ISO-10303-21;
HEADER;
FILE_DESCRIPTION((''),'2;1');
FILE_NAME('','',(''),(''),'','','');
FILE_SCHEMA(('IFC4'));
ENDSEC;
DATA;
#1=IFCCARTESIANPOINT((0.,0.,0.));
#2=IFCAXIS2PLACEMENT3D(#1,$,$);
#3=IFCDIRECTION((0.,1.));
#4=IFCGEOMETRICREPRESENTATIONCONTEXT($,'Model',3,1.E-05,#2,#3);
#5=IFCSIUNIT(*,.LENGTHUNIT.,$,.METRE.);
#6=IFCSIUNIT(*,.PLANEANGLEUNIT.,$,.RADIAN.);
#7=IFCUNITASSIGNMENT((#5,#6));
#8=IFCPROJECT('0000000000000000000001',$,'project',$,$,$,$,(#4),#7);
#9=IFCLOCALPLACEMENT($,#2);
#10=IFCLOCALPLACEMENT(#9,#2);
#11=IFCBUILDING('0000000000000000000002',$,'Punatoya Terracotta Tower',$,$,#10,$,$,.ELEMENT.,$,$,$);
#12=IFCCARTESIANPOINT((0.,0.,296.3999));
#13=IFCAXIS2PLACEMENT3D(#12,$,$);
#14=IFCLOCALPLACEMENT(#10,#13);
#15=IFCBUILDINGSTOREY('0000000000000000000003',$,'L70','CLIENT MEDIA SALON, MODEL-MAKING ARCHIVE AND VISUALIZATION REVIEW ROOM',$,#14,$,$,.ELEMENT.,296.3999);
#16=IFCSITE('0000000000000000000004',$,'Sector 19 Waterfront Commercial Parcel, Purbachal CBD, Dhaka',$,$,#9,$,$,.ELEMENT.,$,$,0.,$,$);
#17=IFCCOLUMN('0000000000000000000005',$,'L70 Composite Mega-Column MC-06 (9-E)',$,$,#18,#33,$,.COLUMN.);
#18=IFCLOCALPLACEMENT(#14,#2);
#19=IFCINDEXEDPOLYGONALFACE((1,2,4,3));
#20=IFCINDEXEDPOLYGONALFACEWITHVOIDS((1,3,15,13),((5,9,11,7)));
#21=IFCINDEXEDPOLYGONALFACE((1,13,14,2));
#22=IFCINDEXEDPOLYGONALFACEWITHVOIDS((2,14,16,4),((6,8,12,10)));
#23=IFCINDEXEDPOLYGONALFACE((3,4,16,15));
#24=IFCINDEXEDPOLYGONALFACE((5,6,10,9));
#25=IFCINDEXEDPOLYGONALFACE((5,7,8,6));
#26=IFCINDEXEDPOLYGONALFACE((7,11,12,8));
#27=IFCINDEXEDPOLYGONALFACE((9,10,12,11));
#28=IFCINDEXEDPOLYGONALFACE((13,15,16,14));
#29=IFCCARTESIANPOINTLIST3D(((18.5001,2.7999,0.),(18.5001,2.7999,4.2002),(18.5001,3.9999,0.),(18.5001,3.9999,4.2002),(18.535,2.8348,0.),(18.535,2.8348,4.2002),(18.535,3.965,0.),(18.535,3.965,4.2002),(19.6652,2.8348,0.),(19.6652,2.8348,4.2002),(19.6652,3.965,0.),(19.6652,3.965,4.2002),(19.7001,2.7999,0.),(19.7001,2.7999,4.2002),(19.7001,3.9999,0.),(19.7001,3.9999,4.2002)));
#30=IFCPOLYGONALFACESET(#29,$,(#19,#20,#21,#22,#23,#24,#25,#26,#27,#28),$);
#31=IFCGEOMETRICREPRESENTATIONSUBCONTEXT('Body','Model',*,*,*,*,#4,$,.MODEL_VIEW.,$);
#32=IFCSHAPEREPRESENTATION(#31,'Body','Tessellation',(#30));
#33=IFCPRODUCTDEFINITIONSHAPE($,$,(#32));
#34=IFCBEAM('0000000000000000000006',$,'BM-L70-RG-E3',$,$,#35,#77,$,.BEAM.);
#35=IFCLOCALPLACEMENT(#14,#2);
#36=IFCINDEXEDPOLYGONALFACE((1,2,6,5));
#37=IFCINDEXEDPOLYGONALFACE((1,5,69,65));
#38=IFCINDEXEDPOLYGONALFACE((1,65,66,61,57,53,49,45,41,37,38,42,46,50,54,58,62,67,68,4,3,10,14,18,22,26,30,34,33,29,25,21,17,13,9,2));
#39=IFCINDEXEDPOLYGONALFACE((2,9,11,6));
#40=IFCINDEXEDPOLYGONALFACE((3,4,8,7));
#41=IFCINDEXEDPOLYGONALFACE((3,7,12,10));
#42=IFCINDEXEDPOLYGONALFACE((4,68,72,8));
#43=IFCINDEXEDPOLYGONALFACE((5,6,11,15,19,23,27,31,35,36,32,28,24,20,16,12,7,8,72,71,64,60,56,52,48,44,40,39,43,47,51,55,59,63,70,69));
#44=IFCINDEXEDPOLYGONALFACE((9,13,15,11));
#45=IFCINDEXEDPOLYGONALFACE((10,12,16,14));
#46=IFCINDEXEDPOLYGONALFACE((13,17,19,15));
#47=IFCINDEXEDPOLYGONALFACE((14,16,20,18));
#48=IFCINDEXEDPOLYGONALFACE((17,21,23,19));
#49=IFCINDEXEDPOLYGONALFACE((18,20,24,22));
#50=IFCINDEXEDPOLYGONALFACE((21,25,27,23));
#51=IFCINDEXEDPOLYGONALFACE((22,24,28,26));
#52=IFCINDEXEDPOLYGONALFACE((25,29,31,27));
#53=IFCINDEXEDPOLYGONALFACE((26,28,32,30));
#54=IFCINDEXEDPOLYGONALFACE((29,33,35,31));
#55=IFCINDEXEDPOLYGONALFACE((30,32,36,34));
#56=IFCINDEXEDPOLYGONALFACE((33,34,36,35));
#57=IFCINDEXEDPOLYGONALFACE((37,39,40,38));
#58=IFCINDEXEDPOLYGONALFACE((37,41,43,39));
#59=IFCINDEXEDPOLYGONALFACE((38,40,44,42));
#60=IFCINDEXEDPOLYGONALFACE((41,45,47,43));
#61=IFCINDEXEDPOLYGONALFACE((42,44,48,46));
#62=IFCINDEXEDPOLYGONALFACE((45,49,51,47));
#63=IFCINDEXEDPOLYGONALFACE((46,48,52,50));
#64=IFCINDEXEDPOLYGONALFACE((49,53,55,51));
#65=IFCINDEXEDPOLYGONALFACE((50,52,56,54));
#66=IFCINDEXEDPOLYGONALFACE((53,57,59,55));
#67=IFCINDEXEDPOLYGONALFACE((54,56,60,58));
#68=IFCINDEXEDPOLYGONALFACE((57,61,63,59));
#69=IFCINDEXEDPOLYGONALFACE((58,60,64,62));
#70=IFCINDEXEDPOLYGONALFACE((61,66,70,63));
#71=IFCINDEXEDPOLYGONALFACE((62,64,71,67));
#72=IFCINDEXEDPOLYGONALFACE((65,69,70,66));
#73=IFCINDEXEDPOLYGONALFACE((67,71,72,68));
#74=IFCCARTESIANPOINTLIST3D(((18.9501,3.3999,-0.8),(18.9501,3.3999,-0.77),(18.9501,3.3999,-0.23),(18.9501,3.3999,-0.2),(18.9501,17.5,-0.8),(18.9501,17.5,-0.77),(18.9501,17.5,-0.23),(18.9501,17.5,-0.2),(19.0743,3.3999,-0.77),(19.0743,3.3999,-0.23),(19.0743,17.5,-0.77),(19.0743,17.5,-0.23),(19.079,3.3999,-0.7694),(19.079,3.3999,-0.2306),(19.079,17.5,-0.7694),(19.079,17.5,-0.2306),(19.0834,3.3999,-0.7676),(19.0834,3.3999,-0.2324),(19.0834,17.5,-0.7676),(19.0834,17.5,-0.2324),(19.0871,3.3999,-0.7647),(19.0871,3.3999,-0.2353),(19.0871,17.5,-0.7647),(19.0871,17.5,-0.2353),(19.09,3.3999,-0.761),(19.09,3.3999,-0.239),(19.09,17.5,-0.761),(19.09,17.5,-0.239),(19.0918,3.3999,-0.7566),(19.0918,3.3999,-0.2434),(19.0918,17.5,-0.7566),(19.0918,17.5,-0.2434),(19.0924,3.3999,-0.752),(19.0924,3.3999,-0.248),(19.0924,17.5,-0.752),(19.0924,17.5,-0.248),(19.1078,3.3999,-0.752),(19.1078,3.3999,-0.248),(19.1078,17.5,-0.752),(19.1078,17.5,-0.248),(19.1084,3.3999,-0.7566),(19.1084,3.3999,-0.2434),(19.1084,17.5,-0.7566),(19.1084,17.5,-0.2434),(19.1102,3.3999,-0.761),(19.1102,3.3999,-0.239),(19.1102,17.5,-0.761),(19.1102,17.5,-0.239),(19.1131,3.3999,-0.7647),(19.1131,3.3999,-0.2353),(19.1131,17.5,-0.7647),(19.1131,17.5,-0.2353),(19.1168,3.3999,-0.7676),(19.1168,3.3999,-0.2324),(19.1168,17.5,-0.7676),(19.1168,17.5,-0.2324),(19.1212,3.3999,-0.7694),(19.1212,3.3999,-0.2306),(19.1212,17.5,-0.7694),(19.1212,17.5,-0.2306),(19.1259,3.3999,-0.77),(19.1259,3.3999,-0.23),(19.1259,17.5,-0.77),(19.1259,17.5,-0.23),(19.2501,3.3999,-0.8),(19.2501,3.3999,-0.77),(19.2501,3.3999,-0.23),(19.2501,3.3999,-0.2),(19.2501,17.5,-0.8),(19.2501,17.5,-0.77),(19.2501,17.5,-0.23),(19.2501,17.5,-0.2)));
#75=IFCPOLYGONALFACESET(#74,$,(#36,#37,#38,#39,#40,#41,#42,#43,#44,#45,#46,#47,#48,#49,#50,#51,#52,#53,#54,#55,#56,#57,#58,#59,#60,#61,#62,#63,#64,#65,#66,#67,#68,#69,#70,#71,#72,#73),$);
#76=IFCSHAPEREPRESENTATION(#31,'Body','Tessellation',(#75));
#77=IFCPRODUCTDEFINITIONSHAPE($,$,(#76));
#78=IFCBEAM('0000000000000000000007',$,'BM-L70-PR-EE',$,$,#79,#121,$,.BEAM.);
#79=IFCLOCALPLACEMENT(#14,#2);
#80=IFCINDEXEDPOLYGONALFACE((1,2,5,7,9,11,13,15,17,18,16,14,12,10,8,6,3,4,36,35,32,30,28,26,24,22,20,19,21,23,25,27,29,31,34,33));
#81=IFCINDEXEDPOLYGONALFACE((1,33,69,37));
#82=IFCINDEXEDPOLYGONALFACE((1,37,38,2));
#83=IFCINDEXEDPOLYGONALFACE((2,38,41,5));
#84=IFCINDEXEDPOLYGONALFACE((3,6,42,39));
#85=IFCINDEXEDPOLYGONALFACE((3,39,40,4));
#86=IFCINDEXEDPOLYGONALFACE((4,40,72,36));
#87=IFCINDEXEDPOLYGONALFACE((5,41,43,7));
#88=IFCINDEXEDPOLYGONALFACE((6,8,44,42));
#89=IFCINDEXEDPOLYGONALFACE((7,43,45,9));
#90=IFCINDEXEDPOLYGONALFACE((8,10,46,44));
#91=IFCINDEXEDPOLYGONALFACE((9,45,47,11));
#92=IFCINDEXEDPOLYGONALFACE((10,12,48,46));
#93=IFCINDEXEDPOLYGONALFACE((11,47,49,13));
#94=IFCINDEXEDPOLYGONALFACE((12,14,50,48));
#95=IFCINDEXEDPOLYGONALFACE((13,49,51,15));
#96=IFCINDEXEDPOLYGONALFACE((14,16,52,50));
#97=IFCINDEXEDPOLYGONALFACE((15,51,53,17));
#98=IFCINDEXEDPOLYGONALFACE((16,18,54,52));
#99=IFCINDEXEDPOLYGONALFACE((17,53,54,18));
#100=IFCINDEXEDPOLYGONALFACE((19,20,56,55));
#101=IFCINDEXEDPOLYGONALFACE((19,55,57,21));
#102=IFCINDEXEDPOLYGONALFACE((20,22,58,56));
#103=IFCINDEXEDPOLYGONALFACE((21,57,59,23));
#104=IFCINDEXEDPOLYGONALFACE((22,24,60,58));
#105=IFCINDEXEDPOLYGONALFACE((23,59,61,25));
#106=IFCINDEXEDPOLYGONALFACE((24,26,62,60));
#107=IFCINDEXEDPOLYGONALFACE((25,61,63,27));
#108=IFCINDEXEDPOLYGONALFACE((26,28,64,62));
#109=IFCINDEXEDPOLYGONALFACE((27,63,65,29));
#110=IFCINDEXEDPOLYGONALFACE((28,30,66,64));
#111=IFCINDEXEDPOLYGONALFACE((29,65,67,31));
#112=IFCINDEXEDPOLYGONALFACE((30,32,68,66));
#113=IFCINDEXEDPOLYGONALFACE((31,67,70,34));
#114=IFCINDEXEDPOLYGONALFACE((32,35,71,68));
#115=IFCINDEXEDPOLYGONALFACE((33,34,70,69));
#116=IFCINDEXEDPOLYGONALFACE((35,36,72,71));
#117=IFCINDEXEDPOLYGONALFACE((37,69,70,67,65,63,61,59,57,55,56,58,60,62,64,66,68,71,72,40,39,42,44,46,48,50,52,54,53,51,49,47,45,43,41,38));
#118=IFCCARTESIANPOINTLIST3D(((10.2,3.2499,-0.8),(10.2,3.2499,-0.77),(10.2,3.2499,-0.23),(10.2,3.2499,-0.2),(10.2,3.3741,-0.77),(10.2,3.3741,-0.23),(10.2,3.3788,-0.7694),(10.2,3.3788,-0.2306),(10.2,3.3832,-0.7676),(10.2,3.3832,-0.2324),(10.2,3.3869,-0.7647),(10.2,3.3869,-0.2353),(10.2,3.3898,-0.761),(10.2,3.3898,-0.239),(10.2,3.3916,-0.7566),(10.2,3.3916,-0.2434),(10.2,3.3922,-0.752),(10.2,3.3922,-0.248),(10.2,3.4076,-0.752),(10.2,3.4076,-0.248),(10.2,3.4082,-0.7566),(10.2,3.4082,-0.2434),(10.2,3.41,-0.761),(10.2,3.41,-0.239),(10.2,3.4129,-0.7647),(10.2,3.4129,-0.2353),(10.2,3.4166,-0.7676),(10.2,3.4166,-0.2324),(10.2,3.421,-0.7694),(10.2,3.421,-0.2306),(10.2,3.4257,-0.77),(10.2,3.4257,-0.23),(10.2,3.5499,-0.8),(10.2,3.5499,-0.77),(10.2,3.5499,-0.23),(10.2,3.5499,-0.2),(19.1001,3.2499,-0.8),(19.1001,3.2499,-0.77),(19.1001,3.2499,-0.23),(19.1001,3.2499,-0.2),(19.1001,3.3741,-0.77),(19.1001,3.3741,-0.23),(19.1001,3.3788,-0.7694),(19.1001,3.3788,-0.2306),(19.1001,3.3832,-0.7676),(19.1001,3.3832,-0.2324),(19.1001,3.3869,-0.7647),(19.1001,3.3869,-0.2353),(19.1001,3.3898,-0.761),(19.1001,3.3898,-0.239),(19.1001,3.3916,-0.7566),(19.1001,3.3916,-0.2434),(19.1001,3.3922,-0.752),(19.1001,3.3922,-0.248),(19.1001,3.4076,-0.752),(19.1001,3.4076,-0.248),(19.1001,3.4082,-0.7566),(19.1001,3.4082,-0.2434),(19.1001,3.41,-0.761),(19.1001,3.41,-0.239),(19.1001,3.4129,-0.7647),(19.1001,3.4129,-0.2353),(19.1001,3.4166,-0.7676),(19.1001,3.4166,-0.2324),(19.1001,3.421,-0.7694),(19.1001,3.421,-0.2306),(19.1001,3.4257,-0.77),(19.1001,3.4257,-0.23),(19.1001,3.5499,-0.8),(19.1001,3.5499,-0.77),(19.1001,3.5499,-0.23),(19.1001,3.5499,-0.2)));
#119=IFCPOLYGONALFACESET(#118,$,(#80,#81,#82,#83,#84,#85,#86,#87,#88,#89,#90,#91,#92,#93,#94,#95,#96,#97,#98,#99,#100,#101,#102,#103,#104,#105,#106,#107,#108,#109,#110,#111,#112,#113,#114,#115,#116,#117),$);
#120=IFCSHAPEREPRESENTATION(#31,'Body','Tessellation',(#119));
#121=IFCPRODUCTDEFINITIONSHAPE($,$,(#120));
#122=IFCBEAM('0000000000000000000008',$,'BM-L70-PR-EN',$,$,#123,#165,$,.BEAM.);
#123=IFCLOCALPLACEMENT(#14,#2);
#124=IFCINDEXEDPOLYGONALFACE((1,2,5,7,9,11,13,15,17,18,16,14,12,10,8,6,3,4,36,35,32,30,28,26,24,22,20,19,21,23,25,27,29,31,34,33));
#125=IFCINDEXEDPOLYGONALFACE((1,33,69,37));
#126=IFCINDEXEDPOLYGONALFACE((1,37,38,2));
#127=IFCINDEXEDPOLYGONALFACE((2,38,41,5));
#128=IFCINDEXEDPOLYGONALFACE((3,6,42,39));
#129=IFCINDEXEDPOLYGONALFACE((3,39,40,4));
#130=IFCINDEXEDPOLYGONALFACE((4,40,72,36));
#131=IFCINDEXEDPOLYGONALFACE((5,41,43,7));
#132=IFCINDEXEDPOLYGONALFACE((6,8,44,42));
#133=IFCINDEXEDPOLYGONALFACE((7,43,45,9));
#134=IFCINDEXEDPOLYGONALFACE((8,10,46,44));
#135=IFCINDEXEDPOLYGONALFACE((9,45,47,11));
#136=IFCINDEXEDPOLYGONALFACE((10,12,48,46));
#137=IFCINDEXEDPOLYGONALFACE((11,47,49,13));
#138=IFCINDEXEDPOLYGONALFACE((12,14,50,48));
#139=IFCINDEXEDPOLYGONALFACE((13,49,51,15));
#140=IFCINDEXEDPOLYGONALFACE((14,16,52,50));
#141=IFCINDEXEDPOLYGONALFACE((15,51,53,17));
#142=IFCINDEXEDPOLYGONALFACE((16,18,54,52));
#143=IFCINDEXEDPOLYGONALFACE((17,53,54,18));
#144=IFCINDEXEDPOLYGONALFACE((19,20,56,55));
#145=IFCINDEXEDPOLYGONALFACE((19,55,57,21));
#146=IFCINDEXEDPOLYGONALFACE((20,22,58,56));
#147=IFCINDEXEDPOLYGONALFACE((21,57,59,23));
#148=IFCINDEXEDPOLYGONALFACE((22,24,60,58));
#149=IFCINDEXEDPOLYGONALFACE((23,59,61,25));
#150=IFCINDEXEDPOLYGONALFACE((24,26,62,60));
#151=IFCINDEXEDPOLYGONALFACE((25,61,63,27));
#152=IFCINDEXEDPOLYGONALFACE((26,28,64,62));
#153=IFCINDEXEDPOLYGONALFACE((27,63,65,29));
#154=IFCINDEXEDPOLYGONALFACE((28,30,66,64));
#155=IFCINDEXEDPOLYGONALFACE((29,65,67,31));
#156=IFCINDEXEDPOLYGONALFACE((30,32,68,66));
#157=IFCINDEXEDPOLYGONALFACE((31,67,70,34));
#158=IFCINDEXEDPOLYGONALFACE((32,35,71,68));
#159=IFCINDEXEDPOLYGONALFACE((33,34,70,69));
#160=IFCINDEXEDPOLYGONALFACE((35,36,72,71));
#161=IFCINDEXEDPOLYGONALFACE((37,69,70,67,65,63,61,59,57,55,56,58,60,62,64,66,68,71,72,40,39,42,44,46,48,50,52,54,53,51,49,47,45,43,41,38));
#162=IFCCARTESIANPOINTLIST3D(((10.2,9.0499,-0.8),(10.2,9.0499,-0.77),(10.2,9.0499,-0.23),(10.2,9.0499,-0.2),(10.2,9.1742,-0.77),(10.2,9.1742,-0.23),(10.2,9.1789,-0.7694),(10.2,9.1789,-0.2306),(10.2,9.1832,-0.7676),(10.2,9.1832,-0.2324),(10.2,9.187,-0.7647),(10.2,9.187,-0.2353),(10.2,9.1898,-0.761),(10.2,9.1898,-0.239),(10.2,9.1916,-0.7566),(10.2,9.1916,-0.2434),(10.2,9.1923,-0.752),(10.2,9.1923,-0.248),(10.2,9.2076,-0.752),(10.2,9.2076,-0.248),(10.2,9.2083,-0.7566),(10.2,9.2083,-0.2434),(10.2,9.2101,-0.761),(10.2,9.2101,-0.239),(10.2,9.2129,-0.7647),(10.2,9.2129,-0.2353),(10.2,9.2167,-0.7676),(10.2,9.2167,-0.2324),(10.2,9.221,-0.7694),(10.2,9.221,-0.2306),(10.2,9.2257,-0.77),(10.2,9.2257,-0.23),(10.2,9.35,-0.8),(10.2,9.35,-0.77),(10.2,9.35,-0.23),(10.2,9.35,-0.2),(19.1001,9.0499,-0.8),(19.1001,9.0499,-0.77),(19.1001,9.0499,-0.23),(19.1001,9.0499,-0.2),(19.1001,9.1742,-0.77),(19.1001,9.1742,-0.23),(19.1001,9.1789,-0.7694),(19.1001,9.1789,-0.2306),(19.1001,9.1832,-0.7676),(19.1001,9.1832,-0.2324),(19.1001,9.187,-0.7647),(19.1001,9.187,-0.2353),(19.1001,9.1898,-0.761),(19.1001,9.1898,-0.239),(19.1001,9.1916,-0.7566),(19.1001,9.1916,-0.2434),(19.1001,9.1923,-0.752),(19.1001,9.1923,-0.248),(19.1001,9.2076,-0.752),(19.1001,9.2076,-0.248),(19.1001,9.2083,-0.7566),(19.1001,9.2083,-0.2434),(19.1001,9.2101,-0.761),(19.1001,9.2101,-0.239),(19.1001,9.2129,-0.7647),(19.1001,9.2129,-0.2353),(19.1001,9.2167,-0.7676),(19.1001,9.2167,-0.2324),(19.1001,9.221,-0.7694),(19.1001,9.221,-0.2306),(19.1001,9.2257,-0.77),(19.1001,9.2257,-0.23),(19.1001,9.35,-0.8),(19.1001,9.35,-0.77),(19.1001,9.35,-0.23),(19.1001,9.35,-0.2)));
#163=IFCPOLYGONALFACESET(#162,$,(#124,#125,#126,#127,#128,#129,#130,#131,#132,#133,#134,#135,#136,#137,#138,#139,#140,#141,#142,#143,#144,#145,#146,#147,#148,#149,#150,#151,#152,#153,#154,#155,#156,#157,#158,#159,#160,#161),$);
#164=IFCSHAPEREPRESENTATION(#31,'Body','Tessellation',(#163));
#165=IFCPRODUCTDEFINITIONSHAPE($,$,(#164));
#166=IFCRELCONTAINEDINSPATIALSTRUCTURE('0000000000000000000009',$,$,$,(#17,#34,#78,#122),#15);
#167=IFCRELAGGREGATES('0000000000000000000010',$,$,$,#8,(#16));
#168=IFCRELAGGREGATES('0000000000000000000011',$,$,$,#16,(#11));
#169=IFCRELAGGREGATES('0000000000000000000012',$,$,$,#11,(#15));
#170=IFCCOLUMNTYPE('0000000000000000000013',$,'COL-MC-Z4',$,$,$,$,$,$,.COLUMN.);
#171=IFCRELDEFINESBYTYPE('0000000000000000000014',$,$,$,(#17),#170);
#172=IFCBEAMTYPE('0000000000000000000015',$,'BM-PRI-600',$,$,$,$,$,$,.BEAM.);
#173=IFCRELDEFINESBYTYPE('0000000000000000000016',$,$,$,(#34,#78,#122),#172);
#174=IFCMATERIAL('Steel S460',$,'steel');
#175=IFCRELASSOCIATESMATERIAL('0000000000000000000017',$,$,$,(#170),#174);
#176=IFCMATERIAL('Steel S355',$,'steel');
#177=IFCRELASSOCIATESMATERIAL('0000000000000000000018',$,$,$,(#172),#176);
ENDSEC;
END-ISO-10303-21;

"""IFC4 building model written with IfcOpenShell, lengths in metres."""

from ifc_helpers import new_model, si_unit, direction, frame, origin, origin_2d, place, context, subcontext, project, spatial, hollow_rectangle, i_section, extrude, material, material_profile, profile_set, type_object, element, save


model = new_model("IFC4")

# Units and contexts
model_context = context("Model", 3, precision=1e-05, world=origin(), true_north=direction((0.0, 1.0)))
body_context = subcontext(model_context, "Body", "Model", "MODEL_VIEW")
ifc_project = project(units=[si_unit("LENGTHUNIT", "METRE"), si_unit("PLANEANGLEUNIT", "RADIAN")], contexts=[model_context])

# Site, building, storey
site_placement = place(None, origin())
site = spatial("IfcSite", under=ifc_project, at=site_placement, Name="Sector 19 Waterfront Commercial Parcel, Purbachal CBD, Dhaka", CompositionType="ELEMENT", RefElevation=0.0)
building_placement = place(site_placement, origin())
building = spatial("IfcBuilding", under=site, at=building_placement, Name="Punatoya Terracotta Tower", CompositionType="ELEMENT")
storey_placement = place(building_placement, frame((0.0, 0.0, 296.3999)))
storey = spatial("IfcBuildingStorey", under=building, at=storey_placement, Name="L70", Description="CLIENT MEDIA SALON, MODEL-MAKING ARCHIVE AND VISUALIZATION REVIEW ROOM", CompositionType="ELEMENT", Elevation=296.3999)

# Column
ifc_material_1 = material(Name="Steel S460", Category="steel")
ifc_material_profile_1 = material_profile(ifc_material_1, hollow_rectangle(XDim=1.2, YDim=1.2, WallThickness=0.0349, at=origin_2d()))
ifc_profile_set_1 = profile_set([ifc_material_profile_1], Name="Steel S460")
column_type = type_object("IfcColumnType", Name="COL-MC-Z4", PredefinedType="COLUMN", material=ifc_profile_set_1)
column_placement = place(storey_placement, frame((19.1001, 3.3999, 0.0), z_axis=(0.0, 0.0, 1.0), x_axis=(1.0, 0.0, 0.0)))
element("IfcColumn", 1, at=column_placement, inside=storey, type_object=column_type, Name="L70 Composite Mega-Column MC-06 (9-E)", PredefinedType="COLUMN", context=body_context, shape_type="SweptSolid", body=[
    extrude(hollow_rectangle(XDim=1.2, YDim=1.2, WallThickness=0.0349, at=origin_2d()), origin(), (0.0, 0.0, 1.0), 4.2002),
])

# Beams
ifc_material_2 = material(Name="Steel S355", Category="steel")
ifc_material_profile_2 = material_profile(ifc_material_2, i_section(OverallWidth=0.3, OverallDepth=0.6001, WebThickness=0.0154, FlangeThickness=0.03, FilletRadius=0.0181, at=origin_2d()))
ifc_profile_set_2 = profile_set([ifc_material_profile_2], Name="Steel S355")
beam_type_1 = type_object("IfcBeamType", Name="BM-PRI-600", PredefinedType="BEAM", material=ifc_profile_set_2)
beam_1_placement = place(storey_placement, frame((19.1001, 3.3999, -0.5), z_axis=(0.0, 1.0, 0.0), x_axis=(-1.0, 0.0, 0.0)))
element("IfcBeam", 2, at=beam_1_placement, inside=storey, type_object=beam_type_1, Name="BM-L70-RG-E3", PredefinedType="BEAM", context=body_context, shape_type="SweptSolid", body=[
    extrude(i_section(OverallWidth=0.3, OverallDepth=0.6001, WebThickness=0.0154, FlangeThickness=0.03, FilletRadius=0.0181, at=origin_2d()), origin(), (0.0, 0.0, 1.0), 14.1001),
])
for number, where, z_axis, x_axis, name in (
    (3, (10.2, 3.3999, -0.5), (1.0, 0.0, 0.0), (0.0, 1.0, 0.0), "BM-L70-PR-EE"),
    (4, (10.2, 9.2, -0.5), (1.0, 0.0, 0.0), (0.0, 1.0, 0.0), "BM-L70-PR-EN"),
):
    element("IfcBeam", number, at=place(storey_placement, frame(where, z_axis=z_axis, x_axis=x_axis)), inside=storey, type_object=beam_type_1, Name=name, PredefinedType="BEAM", context=body_context, shape_type="SweptSolid", body=[
        extrude(i_section(OverallWidth=0.3, OverallDepth=0.6001, WebThickness=0.0154, FlangeThickness=0.03, FilletRadius=0.0181, at=origin_2d()), origin(), (0.0, 0.0, 1.0), 8.9001),
    ])

save(model, "model.ifc")
